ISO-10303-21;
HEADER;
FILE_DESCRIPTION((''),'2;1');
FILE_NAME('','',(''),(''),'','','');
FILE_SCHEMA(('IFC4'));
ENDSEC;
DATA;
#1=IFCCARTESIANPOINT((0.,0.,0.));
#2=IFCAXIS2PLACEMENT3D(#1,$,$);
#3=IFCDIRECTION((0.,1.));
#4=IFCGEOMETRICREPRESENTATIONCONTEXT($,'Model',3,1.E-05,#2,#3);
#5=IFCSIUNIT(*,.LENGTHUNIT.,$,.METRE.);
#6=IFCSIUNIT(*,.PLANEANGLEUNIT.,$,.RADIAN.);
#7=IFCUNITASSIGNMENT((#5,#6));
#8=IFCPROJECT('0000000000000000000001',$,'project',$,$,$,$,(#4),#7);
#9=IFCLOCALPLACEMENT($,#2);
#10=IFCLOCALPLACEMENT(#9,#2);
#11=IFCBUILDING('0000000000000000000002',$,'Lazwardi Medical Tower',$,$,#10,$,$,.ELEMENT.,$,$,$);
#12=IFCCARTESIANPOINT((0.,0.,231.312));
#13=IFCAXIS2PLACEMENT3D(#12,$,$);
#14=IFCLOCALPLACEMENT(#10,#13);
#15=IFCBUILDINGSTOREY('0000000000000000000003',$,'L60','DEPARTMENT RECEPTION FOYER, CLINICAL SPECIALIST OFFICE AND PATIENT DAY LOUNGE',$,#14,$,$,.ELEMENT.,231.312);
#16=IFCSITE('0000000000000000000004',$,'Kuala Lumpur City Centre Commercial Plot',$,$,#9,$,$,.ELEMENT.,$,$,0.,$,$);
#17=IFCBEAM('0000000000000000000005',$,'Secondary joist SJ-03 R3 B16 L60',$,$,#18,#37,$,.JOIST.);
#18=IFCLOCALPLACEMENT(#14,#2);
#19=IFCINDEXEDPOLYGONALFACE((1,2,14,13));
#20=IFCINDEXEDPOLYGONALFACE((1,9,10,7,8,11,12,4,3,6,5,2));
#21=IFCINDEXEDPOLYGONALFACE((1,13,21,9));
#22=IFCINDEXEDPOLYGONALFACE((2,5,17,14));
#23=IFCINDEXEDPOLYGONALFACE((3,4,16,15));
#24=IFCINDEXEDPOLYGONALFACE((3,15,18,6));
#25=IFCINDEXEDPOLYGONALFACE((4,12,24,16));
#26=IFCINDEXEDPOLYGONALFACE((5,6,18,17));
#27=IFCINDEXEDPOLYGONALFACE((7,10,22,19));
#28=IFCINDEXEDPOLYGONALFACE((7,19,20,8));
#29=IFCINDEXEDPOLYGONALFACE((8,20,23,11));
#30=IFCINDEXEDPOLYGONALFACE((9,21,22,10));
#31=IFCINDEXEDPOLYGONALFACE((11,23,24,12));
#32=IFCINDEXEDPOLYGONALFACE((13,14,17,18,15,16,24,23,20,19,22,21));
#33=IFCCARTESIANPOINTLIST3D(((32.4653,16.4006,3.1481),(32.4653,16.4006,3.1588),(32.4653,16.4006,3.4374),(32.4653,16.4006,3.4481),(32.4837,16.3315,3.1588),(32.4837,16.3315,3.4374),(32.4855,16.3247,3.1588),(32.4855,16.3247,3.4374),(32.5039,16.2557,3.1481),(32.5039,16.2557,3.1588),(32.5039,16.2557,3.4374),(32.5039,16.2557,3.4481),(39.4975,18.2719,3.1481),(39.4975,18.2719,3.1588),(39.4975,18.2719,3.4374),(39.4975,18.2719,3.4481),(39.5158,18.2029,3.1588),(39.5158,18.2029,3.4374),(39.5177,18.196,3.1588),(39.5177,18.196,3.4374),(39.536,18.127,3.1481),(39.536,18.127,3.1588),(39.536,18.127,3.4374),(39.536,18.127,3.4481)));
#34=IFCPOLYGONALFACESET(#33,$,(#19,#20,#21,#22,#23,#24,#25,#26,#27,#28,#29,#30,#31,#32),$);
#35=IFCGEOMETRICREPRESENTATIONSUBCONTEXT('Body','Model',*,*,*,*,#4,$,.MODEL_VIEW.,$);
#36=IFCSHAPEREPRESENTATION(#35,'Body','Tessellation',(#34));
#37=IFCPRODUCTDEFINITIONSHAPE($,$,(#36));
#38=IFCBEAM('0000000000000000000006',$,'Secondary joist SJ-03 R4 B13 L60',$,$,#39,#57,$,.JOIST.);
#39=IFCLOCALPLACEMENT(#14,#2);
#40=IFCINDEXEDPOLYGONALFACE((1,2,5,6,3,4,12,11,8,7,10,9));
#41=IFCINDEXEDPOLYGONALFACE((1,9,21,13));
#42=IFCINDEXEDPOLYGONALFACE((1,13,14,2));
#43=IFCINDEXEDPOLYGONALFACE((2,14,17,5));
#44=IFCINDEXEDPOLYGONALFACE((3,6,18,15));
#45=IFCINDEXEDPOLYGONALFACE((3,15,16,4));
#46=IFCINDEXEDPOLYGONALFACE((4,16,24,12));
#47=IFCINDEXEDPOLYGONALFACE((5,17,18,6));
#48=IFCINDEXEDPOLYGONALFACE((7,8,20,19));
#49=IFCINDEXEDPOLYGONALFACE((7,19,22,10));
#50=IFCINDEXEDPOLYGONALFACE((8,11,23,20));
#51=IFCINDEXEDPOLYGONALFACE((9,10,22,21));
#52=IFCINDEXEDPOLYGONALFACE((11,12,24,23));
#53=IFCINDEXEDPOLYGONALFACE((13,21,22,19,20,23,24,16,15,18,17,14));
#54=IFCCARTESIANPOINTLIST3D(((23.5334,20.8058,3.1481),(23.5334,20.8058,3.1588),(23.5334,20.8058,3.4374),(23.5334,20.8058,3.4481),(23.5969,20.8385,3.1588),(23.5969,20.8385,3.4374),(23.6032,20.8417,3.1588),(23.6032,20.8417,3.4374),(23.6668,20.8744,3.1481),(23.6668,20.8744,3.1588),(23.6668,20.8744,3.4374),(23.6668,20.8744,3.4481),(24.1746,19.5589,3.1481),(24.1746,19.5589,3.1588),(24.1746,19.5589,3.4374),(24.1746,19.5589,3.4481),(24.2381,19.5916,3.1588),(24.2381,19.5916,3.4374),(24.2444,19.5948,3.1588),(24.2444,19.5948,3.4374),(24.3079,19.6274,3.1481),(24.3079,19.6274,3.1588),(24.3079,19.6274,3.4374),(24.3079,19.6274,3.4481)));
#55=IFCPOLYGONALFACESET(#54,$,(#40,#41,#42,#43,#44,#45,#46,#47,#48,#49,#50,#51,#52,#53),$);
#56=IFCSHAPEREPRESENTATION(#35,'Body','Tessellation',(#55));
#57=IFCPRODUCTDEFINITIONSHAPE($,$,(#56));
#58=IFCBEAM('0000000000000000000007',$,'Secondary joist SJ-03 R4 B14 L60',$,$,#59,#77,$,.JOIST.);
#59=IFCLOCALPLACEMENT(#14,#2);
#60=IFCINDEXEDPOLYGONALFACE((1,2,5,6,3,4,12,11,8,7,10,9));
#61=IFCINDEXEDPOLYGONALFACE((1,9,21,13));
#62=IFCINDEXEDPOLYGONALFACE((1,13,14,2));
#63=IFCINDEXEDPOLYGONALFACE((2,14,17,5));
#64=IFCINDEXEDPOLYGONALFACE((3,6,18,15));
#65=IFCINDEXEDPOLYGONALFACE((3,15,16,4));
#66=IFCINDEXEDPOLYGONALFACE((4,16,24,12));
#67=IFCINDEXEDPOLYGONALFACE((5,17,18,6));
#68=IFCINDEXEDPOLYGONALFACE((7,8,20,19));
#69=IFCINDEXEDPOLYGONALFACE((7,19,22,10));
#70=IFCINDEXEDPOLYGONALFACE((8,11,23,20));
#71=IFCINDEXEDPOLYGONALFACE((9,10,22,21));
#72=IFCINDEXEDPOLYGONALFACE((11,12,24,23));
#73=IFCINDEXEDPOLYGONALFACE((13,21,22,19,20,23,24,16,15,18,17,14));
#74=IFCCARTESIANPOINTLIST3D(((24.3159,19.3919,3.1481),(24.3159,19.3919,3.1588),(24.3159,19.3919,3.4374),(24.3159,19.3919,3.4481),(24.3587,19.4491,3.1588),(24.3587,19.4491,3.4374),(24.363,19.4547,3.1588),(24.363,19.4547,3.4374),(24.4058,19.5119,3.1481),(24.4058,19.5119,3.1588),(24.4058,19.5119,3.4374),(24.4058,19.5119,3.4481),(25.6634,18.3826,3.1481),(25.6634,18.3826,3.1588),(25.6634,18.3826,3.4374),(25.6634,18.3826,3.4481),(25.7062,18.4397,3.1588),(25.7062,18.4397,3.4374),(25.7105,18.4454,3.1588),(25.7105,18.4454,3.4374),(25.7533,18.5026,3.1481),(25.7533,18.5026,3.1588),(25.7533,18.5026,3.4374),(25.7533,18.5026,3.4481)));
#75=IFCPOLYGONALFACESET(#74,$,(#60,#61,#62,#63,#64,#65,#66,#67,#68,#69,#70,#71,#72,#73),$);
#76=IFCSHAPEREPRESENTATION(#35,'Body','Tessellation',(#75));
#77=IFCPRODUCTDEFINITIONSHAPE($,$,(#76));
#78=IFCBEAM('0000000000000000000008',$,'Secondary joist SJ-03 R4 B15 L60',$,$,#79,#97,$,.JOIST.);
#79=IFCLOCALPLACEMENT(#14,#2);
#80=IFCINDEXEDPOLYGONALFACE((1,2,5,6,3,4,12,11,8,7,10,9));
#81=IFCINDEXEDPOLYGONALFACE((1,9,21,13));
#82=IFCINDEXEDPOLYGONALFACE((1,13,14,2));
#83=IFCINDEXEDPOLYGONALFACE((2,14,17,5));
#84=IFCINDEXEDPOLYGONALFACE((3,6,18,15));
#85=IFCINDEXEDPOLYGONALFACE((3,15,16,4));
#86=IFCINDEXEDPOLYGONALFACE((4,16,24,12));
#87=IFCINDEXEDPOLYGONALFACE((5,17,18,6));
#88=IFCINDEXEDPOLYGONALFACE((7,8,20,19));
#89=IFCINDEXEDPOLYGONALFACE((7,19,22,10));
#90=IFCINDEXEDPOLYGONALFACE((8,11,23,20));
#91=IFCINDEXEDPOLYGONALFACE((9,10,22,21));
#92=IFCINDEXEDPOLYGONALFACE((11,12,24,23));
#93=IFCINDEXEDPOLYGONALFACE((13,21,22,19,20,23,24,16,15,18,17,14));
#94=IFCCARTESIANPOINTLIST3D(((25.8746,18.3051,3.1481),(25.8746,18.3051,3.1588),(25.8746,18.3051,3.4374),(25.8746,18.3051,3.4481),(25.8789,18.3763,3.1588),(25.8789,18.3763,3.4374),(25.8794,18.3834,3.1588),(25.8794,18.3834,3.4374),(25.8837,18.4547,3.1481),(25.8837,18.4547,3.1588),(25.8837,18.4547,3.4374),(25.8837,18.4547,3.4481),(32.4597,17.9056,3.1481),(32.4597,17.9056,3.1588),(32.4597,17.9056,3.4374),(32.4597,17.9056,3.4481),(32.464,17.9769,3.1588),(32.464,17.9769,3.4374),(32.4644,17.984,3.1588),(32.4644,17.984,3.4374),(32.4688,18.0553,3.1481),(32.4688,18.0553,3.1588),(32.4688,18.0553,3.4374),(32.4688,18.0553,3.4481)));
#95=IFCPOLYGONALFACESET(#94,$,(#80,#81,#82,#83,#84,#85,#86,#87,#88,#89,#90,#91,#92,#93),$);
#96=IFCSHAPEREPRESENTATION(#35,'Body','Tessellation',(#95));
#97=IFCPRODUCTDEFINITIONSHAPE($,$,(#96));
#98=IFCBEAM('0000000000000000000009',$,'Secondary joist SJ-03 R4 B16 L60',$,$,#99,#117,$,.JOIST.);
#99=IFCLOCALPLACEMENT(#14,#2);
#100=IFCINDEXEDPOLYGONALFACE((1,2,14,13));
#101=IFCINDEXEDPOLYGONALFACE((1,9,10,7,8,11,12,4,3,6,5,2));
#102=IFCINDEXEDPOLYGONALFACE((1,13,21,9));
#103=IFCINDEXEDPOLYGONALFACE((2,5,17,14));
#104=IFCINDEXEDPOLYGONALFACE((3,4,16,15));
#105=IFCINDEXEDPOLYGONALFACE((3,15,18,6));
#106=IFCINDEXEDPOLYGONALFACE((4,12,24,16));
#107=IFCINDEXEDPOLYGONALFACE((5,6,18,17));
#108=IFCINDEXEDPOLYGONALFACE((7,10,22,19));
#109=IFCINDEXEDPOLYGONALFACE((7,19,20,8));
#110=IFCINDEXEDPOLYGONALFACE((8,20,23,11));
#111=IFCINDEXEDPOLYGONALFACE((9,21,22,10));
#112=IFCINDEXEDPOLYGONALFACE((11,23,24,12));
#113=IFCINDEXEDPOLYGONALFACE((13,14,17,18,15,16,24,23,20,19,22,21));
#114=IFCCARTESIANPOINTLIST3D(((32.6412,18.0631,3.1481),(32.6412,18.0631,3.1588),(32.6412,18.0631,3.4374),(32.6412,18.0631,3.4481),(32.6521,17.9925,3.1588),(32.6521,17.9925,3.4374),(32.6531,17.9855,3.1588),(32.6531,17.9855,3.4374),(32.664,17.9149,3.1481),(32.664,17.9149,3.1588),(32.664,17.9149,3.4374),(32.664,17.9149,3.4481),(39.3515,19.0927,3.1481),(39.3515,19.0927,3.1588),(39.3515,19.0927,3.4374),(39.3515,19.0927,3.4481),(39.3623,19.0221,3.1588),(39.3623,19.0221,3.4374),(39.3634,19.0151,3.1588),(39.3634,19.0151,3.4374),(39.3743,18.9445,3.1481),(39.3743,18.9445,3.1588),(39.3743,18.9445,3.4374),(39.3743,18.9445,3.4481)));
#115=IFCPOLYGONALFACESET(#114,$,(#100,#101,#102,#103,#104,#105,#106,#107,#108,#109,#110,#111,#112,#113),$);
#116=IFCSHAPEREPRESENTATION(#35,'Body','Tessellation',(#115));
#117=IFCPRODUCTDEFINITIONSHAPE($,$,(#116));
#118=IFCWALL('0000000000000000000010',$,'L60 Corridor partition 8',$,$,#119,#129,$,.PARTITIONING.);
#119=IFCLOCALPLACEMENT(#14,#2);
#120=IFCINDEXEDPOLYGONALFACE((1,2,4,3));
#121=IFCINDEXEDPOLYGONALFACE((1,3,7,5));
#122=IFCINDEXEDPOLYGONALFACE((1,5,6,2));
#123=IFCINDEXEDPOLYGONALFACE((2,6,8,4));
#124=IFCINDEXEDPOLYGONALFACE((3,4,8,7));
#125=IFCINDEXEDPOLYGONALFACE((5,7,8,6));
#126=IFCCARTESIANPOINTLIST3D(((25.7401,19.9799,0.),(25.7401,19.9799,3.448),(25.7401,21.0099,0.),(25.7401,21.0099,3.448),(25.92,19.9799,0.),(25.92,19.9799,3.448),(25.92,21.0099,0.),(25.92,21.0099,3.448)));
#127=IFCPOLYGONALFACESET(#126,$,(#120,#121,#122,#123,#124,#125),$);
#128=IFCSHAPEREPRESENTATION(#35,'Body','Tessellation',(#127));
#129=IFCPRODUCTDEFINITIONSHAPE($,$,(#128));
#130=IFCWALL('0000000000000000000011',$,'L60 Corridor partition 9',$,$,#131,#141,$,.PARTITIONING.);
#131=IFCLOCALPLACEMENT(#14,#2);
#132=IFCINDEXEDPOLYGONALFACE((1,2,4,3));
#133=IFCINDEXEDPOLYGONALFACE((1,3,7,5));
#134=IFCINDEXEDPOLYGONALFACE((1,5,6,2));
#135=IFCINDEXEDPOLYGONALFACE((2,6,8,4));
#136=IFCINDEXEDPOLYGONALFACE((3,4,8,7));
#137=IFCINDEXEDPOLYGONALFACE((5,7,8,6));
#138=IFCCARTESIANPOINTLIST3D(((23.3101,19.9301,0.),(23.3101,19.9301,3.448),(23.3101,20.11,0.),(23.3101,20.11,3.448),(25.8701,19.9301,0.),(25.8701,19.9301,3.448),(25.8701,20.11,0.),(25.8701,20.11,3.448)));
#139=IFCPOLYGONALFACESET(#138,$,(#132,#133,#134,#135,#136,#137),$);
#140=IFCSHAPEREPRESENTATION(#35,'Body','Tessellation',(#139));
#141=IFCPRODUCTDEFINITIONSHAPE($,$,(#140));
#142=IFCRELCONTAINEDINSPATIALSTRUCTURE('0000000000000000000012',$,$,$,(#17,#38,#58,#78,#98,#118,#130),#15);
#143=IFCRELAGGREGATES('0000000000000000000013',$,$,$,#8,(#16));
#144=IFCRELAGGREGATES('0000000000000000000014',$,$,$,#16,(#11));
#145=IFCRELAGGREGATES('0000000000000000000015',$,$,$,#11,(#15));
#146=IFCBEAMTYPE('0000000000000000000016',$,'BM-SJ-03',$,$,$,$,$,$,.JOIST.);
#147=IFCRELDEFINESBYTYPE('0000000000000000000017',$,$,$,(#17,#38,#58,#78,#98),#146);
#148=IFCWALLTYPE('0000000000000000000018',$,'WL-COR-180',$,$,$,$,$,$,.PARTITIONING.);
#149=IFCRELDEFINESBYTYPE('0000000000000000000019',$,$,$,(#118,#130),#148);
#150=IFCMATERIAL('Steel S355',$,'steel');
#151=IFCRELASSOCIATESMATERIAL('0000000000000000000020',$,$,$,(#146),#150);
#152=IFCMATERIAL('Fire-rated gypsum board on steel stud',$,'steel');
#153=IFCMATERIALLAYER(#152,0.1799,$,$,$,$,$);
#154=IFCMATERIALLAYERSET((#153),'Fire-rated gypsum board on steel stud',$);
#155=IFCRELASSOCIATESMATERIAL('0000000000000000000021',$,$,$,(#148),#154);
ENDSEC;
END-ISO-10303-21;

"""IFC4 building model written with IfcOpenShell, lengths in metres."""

from ifc_helpers import new_model, si_unit, direction, frame, frame_2d, origin, origin_2d, place, context, subcontext, project, spatial, rectangle, i_section, extrude, material, layer, layer_set, material_profile, profile_set, type_object, element, save


model = new_model("IFC4")

# Units and contexts
model_context = context("Model", 3, precision=1e-05, world=origin(), true_north=direction((0.0, 1.0)))
body_context = subcontext(model_context, "Body", "Model", "MODEL_VIEW")
ifc_project = project(units=[si_unit("LENGTHUNIT", "METRE"), si_unit("PLANEANGLEUNIT", "RADIAN")], contexts=[model_context])

# Site, building, storey
site_placement = place(None, origin())
site = spatial("IfcSite", under=ifc_project, at=site_placement, Name="Kuala Lumpur City Centre Commercial Plot", CompositionType="ELEMENT", RefElevation=0.0)
building_placement = place(site_placement, origin())
building = spatial("IfcBuilding", under=site, at=building_placement, Name="Lazwardi Medical Tower", CompositionType="ELEMENT")
storey_placement = place(building_placement, frame((0.0, 0.0, 231.312)))
storey = spatial("IfcBuildingStorey", under=building, at=storey_placement, Name="L60", Description="DEPARTMENT RECEPTION FOYER, CLINICAL SPECIALIST OFFICE AND PATIENT DAY LOUNGE", CompositionType="ELEMENT", Elevation=231.312)

# Beams
ifc_material_1 = material(Name="Steel S355", Category="steel")
ifc_material_profile_1 = material_profile(ifc_material_1, i_section(OverallWidth=0.1499, OverallDepth=0.3, WebThickness=0.0071, FlangeThickness=0.0107, at=origin_2d()), Name="IPE 300")
ifc_profile_set_1 = profile_set([ifc_material_profile_1], Name="Steel S355")
beam_type_1 = type_object("IfcBeamType", Name="BM-SJ-03", PredefinedType="JOIST", material=ifc_profile_set_1)
beam_1_placement = place(storey_placement, frame((32.4846, 16.3281, 3.2981), z_axis=(0.966369, 0.257159, 0.0), x_axis=(-0.257159, 0.966369, 0.0)))
element("IfcBeam", 1, at=beam_1_placement, inside=storey, type_object=beam_type_1, Name="Secondary joist SJ-03 R3 B16 L60", PredefinedType="JOIST", context=body_context, shape_type="SweptSolid", body=[
    extrude(i_section(OverallWidth=0.1499, OverallDepth=0.3, WebThickness=0.0071, FlangeThickness=0.0107, at=origin_2d()), origin(), (0.0, 0.0, 1.0), 7.2769),
])
beam_2_placement = place(storey_placement, frame((23.6001, 20.8401, 3.2981), z_axis=(0.457285, -0.88932, 0.0), x_axis=(0.88932, 0.457285, 0.0)))
element("IfcBeam", 2, at=beam_2_placement, inside=storey, type_object=beam_type_1, Name="Secondary joist SJ-03 R4 B13 L60", PredefinedType="JOIST", context=body_context, shape_type="SweptSolid", body=[
    extrude(i_section(OverallWidth=0.1499, OverallDepth=0.3, WebThickness=0.0071, FlangeThickness=0.0107, at=origin_2d()), origin(), (0.0, 0.0, 1.0), 1.4021),
])
beam_3_placement = place(storey_placement, frame((24.3608, 19.4519, 3.2981), z_axis=(0.800365, -0.599513, 0.0), x_axis=(0.599513, 0.800365, 0.0)))
element("IfcBeam", 3, at=beam_3_placement, inside=storey, type_object=beam_type_1, Name="Secondary joist SJ-03 R4 B14 L60", PredefinedType="JOIST", context=body_context, shape_type="SweptSolid", body=[
    extrude(i_section(OverallWidth=0.1499, OverallDepth=0.3, WebThickness=0.0071, FlangeThickness=0.0107, at=origin_2d()), origin(), (0.0, 0.0, 1.0), 1.6836),
])
beam_4_placement = place(storey_placement, frame((25.8792, 18.3799, 3.2981), z_axis=(0.998166, -0.060544, 0.0), x_axis=(0.060544, 0.998166, 0.0)))
element("IfcBeam", 4, at=beam_4_placement, inside=storey, type_object=beam_type_1, Name="Secondary joist SJ-03 R4 B15 L60", PredefinedType="JOIST", context=body_context, shape_type="SweptSolid", body=[
    extrude(i_section(OverallWidth=0.1499, OverallDepth=0.3, WebThickness=0.0071, FlangeThickness=0.0107, at=origin_2d()), origin(), (0.0, 0.0, 1.0), 6.5972),
])
beam_5_placement = place(storey_placement, frame((32.6526, 17.989, 3.2981), z_axis=(0.988434, 0.151655, 0.0), x_axis=(-0.151655, 0.988434, 0.0)))
element("IfcBeam", 5, at=beam_5_placement, inside=storey, type_object=beam_type_1, Name="Secondary joist SJ-03 R4 B16 L60", PredefinedType="JOIST", context=body_context, shape_type="SweptSolid", body=[
    extrude(i_section(OverallWidth=0.1499, OverallDepth=0.3, WebThickness=0.0071, FlangeThickness=0.0107, at=origin_2d()), origin(), (0.0, 0.0, 1.0), 6.7888),
])

# Walls
ifc_material_2 = material(Name="Fire-rated gypsum board on steel stud", Category="steel")
ifc_layer_1 = layer(ifc_material_2, 0.1799)
ifc_layer_set_1 = layer_set([ifc_layer_1], Name="Fire-rated gypsum board on steel stud")
wall_type_1 = type_object("IfcWallType", Name="WL-COR-180", PredefinedType="PARTITIONING", material=ifc_layer_set_1)
wall_1_placement = place(storey_placement, frame((25.8301, 21.01, 0.0), z_axis=(0.0, 0.0, 1.0), x_axis=(0.0, -1.0, 0.0)))
element("IfcWall", 6, at=wall_1_placement, inside=storey, type_object=wall_type_1, Name="L60 Corridor partition 8", PredefinedType="PARTITIONING", context=body_context, shape_type="SweptSolid", body=[
    extrude(rectangle(XDim=1.03, YDim=0.1799, at=frame_2d((0.5151, 0.0))), origin(), (0.0, 0.0, 1.0), 3.448),
])
wall_2_placement = place(storey_placement, frame((25.8701, 20.02, 0.0), z_axis=(0.0, 0.0, 1.0), x_axis=(-1.0, 0.0, 0.0)))
element("IfcWall", 7, at=wall_2_placement, inside=storey, type_object=wall_type_1, Name="L60 Corridor partition 9", PredefinedType="PARTITIONING", context=body_context, shape_type="SweptSolid", body=[
    extrude(rectangle(XDim=2.5601, YDim=0.1799, at=frame_2d((1.28, 0.0))), origin(), (0.0, 0.0, 1.0), 3.448),
])

save(model, "model.ifc")
